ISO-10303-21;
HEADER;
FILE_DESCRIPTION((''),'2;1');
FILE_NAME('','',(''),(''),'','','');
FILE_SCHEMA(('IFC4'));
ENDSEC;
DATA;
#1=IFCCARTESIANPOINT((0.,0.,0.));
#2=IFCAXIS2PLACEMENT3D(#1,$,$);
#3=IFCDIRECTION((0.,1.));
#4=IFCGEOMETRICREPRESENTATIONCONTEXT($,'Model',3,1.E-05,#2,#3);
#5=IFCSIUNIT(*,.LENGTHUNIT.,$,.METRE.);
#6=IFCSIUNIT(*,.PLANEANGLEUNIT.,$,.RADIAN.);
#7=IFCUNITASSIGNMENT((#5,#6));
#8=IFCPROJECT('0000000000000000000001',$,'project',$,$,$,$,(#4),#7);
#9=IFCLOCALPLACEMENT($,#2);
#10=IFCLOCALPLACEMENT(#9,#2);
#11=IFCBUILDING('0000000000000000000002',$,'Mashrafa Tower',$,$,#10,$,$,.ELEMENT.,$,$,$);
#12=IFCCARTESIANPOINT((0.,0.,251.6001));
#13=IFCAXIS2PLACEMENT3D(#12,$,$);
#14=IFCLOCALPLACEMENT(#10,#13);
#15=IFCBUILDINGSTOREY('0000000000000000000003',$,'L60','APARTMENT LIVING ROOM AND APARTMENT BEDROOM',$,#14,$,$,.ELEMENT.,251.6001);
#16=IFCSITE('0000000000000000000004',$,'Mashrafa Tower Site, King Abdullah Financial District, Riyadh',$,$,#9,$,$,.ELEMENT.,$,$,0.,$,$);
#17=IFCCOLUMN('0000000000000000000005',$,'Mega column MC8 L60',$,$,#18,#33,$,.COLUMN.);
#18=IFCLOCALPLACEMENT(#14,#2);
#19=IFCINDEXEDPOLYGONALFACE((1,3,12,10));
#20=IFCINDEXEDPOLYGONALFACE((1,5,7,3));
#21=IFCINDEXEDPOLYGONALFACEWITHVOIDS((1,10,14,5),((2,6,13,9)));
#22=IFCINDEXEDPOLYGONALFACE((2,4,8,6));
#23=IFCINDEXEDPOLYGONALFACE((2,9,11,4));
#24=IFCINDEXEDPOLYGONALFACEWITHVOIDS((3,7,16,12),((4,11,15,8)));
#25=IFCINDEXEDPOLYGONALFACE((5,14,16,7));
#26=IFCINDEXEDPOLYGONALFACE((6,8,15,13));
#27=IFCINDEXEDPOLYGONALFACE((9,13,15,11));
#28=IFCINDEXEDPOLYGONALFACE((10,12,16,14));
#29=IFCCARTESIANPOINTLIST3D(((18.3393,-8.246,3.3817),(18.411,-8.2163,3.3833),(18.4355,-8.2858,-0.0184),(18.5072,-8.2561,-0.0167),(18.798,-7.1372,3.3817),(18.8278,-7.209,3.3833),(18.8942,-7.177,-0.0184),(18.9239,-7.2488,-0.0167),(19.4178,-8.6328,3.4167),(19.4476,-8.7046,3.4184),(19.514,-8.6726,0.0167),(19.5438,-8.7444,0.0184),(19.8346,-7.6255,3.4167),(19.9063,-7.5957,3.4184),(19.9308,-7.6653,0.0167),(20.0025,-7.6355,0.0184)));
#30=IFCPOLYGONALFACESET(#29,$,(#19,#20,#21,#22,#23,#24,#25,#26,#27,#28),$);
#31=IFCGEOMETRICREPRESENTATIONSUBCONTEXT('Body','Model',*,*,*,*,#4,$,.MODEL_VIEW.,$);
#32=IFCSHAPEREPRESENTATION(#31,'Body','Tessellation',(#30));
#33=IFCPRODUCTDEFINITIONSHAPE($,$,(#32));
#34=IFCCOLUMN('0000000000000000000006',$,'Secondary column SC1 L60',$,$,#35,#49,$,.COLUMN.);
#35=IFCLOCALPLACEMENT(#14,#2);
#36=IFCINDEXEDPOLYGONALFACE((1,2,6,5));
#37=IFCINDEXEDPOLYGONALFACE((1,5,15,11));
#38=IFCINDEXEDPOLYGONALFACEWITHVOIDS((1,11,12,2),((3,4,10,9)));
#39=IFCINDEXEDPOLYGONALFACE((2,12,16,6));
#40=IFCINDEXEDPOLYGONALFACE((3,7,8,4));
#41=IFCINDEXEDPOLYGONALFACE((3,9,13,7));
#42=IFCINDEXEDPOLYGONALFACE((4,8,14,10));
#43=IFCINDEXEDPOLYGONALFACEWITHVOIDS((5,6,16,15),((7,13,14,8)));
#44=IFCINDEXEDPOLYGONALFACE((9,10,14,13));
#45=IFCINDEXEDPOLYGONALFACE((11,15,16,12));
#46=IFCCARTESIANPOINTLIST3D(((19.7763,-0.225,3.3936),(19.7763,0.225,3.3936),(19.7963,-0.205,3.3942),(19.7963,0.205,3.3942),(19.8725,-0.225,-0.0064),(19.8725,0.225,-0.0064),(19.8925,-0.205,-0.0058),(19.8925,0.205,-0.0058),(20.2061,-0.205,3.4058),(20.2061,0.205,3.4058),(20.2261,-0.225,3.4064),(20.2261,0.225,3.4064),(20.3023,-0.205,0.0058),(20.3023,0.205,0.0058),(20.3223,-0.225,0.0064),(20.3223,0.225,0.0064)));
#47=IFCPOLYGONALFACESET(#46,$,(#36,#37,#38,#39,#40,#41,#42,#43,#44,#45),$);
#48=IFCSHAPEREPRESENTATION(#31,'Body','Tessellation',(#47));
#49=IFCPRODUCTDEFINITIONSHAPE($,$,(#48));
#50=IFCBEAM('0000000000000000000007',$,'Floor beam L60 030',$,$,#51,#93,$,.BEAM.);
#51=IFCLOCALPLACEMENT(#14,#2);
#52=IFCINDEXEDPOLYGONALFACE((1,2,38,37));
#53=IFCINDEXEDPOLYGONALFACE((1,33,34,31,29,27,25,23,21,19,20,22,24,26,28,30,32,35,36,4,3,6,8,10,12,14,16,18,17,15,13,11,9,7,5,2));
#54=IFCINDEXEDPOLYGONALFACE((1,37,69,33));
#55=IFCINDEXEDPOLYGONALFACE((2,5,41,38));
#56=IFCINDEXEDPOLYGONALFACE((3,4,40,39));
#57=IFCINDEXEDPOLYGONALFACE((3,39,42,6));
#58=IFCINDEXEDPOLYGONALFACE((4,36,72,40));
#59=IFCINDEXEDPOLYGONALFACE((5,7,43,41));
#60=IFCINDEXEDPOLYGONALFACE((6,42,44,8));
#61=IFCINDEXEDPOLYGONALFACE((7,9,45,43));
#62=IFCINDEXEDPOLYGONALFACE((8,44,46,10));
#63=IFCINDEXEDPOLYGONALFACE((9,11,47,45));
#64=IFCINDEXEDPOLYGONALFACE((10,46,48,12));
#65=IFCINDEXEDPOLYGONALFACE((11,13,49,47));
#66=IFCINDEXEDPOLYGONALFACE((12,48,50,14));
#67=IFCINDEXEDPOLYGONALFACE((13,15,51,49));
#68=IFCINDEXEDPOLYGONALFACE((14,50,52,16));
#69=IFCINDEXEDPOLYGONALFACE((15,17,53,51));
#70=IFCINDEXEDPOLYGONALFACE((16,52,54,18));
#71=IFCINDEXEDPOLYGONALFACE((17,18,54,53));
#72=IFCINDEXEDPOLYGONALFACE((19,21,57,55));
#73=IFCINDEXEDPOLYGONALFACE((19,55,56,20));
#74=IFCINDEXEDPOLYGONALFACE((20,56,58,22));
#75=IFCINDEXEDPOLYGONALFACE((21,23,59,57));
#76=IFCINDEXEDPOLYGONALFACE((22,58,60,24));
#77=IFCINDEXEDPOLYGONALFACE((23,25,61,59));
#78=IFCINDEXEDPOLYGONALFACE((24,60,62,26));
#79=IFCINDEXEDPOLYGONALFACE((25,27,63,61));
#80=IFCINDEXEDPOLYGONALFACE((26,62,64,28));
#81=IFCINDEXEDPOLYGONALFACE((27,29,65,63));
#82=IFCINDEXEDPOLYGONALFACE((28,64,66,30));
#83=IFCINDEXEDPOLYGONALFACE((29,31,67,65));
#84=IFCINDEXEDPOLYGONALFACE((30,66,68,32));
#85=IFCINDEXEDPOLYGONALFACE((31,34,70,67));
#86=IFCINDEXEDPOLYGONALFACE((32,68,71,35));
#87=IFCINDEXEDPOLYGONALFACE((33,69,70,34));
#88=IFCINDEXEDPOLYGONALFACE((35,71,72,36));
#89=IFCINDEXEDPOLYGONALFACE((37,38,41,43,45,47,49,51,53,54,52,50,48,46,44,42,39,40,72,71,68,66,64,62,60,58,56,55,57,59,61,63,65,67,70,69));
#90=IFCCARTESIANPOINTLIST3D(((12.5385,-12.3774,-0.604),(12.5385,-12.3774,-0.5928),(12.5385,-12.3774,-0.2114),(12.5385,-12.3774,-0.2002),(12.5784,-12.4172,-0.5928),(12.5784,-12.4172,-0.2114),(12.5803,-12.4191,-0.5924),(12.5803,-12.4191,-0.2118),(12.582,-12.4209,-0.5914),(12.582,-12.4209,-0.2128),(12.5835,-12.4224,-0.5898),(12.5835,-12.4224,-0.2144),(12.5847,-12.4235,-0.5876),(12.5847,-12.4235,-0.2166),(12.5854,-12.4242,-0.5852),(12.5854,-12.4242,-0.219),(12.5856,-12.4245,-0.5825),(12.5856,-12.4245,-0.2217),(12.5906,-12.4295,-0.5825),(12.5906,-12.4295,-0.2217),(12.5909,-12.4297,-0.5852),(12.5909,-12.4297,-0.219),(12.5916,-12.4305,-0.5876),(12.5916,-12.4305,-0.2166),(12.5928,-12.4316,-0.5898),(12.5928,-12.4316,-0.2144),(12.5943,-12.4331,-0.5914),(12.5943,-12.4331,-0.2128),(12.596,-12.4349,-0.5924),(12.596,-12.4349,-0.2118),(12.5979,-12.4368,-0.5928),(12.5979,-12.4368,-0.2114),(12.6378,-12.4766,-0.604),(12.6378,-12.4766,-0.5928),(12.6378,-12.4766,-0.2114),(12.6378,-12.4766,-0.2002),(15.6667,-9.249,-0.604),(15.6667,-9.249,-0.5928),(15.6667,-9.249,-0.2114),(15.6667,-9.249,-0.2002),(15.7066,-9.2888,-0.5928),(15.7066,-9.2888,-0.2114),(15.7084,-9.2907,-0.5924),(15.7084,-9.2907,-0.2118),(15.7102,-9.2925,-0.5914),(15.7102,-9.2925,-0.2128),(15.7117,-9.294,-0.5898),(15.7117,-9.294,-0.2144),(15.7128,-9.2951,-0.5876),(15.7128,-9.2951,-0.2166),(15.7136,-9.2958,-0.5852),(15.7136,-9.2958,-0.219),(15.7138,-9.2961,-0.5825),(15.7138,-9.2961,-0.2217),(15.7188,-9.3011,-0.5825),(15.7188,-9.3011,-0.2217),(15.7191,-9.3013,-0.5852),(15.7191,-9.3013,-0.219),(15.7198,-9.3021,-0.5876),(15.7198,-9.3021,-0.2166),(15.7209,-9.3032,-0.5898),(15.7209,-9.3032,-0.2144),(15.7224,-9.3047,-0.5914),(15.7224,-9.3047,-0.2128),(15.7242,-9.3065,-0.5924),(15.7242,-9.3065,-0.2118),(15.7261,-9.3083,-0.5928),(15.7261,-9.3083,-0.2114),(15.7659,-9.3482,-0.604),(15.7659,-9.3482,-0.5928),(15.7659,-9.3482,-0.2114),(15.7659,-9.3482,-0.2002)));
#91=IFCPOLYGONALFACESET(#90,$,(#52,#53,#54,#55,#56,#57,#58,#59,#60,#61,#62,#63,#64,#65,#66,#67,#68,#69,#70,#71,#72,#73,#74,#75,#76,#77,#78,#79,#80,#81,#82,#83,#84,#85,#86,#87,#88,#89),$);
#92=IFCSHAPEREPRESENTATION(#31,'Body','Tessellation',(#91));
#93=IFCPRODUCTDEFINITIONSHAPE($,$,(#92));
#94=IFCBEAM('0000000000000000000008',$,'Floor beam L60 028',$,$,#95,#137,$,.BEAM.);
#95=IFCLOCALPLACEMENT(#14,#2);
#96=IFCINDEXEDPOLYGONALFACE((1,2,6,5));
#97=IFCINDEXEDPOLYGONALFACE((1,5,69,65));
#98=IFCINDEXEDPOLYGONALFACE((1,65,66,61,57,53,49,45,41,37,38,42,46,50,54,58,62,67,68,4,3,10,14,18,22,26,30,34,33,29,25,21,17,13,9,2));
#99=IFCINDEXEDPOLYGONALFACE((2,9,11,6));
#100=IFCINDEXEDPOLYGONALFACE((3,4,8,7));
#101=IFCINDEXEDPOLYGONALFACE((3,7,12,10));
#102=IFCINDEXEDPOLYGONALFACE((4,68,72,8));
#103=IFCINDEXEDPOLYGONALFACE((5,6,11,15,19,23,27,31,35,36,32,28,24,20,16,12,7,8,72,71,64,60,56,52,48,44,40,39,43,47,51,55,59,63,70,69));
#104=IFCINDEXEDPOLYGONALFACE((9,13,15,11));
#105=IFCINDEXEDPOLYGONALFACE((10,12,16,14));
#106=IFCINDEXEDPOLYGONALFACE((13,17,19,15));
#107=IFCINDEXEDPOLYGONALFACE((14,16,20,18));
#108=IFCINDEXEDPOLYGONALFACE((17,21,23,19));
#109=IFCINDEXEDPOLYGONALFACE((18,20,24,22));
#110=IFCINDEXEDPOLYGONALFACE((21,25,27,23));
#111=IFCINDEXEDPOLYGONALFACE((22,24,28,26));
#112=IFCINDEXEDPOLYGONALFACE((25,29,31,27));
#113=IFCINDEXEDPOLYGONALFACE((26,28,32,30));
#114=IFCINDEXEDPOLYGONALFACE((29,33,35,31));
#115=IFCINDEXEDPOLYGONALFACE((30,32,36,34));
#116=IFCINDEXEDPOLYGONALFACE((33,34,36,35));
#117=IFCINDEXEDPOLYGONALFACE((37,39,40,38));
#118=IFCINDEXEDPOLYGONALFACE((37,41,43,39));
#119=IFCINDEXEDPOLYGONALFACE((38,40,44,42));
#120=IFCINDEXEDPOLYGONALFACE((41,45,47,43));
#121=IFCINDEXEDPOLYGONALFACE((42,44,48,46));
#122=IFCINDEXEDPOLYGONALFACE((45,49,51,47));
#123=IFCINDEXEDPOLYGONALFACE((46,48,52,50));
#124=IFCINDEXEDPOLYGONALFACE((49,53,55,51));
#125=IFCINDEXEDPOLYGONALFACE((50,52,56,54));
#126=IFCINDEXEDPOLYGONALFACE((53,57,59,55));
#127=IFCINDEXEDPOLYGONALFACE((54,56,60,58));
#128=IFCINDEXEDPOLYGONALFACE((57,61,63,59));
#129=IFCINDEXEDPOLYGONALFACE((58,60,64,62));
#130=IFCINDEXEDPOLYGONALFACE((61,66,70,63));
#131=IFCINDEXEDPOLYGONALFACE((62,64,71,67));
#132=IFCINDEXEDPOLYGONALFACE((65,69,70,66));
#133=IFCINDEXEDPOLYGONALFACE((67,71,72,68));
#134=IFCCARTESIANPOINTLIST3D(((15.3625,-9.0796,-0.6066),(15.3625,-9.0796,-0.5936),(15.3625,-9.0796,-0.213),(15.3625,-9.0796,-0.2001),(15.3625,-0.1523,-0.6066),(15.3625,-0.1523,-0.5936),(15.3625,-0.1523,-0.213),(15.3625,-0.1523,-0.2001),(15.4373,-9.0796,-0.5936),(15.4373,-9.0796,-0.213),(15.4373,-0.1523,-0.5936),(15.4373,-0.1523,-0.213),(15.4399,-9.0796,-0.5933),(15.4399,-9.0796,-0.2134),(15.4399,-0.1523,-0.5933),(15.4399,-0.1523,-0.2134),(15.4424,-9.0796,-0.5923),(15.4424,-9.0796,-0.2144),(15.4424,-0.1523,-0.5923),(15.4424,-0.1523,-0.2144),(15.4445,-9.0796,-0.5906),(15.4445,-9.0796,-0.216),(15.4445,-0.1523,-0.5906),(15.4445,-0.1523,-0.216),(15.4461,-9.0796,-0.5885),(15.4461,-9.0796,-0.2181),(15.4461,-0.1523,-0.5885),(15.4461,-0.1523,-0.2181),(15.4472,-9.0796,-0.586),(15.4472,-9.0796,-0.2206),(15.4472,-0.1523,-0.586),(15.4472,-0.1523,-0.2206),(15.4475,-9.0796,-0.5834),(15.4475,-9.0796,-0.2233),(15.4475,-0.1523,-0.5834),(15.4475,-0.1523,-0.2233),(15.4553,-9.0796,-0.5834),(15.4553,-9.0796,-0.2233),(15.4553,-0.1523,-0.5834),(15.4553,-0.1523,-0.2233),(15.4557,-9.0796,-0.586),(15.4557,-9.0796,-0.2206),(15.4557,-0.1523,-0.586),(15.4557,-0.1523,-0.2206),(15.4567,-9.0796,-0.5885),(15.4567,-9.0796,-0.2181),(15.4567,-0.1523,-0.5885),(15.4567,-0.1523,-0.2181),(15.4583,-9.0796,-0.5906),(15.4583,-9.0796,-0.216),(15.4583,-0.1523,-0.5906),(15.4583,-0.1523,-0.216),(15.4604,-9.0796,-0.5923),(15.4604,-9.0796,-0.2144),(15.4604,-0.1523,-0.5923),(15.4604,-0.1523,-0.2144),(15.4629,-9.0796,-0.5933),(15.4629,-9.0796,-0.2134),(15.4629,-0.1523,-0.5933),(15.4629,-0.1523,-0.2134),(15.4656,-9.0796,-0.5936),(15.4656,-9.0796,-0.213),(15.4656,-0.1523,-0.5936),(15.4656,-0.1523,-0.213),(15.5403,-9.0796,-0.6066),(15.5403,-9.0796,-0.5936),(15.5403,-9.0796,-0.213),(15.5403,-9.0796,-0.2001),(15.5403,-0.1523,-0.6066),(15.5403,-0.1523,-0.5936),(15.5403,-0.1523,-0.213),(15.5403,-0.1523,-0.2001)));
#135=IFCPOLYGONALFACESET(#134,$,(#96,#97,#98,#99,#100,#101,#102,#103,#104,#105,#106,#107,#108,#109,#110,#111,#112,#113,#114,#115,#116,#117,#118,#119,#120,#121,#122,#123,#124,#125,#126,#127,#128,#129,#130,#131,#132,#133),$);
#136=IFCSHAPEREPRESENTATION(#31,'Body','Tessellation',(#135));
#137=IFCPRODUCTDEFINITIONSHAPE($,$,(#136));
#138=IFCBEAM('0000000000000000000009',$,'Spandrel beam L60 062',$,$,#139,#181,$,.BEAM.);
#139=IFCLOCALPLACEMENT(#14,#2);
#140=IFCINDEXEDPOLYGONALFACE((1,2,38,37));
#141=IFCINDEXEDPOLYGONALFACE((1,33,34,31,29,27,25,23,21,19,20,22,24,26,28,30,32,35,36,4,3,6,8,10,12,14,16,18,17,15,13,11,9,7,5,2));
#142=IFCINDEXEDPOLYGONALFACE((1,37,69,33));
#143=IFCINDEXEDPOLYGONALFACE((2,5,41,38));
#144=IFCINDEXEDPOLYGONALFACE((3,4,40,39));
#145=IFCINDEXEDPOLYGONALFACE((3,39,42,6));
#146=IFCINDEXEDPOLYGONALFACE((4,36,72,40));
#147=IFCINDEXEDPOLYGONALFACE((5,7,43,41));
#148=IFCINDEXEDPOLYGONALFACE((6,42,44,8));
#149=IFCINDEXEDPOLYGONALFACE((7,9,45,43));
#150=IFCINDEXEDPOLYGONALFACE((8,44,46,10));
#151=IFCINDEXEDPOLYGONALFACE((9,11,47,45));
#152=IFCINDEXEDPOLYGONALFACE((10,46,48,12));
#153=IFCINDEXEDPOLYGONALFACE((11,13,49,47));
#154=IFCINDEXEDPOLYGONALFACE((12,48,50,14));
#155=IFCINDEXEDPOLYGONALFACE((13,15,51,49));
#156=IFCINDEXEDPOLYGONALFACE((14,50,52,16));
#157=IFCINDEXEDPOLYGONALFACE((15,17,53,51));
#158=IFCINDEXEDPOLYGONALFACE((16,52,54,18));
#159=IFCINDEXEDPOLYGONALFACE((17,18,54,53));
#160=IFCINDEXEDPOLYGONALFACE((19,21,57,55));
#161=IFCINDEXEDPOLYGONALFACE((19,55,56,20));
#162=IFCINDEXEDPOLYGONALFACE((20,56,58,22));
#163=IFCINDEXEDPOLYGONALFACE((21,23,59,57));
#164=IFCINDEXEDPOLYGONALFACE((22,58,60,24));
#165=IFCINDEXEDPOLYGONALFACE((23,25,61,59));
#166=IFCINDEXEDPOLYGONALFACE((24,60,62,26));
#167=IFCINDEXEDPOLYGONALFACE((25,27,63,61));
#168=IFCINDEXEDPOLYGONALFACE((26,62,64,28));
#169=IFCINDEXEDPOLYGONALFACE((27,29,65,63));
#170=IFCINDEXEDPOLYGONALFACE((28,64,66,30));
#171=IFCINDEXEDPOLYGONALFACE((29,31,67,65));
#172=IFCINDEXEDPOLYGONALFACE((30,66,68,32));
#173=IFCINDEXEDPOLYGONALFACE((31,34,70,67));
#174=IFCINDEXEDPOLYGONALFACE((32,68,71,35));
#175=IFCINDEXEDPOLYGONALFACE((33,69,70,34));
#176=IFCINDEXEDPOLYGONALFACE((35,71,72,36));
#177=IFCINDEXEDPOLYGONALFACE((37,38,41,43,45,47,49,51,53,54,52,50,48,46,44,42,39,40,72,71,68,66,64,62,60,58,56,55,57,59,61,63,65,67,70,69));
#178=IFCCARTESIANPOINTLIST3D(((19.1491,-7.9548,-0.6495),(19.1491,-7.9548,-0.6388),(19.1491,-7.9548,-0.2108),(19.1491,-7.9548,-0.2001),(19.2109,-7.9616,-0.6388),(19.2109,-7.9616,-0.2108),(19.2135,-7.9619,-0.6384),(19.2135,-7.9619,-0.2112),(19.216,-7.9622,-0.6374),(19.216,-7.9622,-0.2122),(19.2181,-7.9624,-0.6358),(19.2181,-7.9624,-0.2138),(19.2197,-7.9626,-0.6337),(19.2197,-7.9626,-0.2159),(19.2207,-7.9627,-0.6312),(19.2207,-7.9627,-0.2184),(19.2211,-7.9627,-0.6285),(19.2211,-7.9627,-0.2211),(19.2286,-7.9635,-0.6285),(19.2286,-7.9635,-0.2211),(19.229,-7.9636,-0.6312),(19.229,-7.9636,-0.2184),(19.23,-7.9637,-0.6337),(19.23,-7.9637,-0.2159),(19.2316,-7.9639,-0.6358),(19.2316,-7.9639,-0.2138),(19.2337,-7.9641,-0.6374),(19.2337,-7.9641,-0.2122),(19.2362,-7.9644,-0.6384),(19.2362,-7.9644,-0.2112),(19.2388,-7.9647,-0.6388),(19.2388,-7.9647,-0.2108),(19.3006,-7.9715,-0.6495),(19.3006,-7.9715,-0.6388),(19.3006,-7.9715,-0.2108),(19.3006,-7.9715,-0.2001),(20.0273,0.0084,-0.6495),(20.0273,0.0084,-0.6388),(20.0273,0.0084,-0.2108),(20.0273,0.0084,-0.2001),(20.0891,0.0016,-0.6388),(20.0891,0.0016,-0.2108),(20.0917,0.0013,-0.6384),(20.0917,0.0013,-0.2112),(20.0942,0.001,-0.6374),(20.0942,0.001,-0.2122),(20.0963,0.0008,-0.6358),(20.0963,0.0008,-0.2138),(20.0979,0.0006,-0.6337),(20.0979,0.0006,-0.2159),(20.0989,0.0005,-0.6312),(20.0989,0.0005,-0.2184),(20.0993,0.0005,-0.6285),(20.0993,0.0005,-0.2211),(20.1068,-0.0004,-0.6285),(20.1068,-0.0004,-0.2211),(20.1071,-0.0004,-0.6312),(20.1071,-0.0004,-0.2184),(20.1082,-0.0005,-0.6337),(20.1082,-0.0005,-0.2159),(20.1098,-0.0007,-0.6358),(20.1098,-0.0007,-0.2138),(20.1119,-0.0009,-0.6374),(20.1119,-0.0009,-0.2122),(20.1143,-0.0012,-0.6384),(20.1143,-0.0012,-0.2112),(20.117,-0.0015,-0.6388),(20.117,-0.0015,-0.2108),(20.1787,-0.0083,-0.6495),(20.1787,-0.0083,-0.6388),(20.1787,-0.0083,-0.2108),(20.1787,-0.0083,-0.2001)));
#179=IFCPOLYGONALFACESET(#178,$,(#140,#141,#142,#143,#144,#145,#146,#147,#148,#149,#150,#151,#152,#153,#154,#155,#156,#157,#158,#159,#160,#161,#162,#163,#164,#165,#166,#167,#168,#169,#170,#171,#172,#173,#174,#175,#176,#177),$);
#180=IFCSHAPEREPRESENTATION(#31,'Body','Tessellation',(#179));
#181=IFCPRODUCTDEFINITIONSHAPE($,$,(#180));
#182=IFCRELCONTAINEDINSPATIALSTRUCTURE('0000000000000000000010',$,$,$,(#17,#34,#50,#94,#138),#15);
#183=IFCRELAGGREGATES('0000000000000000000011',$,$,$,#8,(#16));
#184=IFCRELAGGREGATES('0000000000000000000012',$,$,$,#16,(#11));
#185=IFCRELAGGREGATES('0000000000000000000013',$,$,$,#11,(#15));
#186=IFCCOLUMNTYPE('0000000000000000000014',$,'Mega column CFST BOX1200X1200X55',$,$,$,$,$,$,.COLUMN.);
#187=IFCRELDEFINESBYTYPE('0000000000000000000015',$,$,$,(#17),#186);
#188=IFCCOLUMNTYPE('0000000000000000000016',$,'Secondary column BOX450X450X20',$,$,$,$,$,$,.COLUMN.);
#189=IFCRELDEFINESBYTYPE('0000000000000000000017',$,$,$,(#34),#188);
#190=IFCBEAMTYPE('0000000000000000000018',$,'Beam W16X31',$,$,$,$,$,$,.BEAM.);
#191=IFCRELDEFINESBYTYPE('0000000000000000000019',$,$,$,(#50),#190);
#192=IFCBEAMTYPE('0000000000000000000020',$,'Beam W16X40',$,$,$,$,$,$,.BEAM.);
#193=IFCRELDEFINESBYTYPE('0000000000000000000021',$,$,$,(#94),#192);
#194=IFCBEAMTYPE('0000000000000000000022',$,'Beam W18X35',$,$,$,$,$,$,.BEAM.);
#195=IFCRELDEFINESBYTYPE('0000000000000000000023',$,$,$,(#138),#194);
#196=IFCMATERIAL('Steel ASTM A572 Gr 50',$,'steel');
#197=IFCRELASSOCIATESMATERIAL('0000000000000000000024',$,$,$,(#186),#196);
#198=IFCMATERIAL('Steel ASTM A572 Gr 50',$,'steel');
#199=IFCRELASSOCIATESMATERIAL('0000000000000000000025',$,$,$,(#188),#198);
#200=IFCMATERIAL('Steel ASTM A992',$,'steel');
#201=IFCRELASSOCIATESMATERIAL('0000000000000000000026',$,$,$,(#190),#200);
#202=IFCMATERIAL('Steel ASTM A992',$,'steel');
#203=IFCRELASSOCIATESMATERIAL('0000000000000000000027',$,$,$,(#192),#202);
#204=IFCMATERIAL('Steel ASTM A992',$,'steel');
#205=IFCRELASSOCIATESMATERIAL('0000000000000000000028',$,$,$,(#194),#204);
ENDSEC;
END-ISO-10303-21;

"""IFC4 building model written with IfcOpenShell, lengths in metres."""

from ifc_helpers import new_model, si_unit, direction, frame, origin, origin_2d, place, context, subcontext, project, spatial, hollow_rectangle, i_section, extrude, material, material_profile, profile_set, type_object, element, save


model = new_model("IFC4")

# Units and contexts
model_context = context("Model", 3, precision=1e-05, world=origin(), true_north=direction((0.0, 1.0)))
body_context = subcontext(model_context, "Body", "Model", "MODEL_VIEW")
ifc_project = project(units=[si_unit("LENGTHUNIT", "METRE"), si_unit("PLANEANGLEUNIT", "RADIAN")], contexts=[model_context])

# Site, building, storey
site_placement = place(None, origin())
site = spatial("IfcSite", under=ifc_project, at=site_placement, Name="Mashrafa Tower Site, King Abdullah Financial District, Riyadh", CompositionType="ELEMENT", RefElevation=0.0)
building_placement = place(site_placement, origin())
building = spatial("IfcBuilding", under=site, at=building_placement, Name="Mashrafa Tower", CompositionType="ELEMENT")
storey_placement = place(building_placement, frame((0.0, 0.0, 251.6001)))
storey = spatial("IfcBuildingStorey", under=building, at=storey_placement, Name="L60", Description="APARTMENT LIVING ROOM AND APARTMENT BEDROOM", CompositionType="ELEMENT", Elevation=251.6001)

# Columns
ifc_material_1 = material(Name="Steel ASTM A572 Gr 50", Category="steel")
ifc_material_profile_1 = material_profile(ifc_material_1, hollow_rectangle(XDim=1.2, YDim=1.2, WallThickness=0.0549, at=origin_2d()), Name="BOX1200X1200X55")
ifc_profile_set_1 = profile_set([ifc_material_profile_1], Name="Steel ASTM A572 Gr 50")
column_type_1 = type_object("IfcColumnType", Name="Mega column CFST BOX1200X1200X55", PredefinedType="COLUMN", material=ifc_profile_set_1)
column_1_placement = place(storey_placement, frame((19.219, -7.9607, 0.0), z_axis=(-0.028279, 0.011699, 0.999532), x_axis=(-0.382283, -0.924045, 0.0)))
element("IfcColumn", 1, at=column_1_placement, inside=storey, type_object=column_type_1, Name="Mega column MC8 L60", PredefinedType="COLUMN", context=body_context, shape_type="SweptSolid", body=[
    extrude(hollow_rectangle(XDim=1.2, YDim=1.2, WallThickness=0.0549, at=origin_2d()), origin(), (0.0, 0.0, 1.0), 3.4016),
])
ifc_material_2 = material(Name="Steel ASTM A572 Gr 50", Category="steel")
ifc_material_profile_2 = material_profile(ifc_material_2, hollow_rectangle(XDim=0.45, YDim=0.45, WallThickness=0.02, at=origin_2d()), Name="BOX450X450X20")
ifc_profile_set_2 = profile_set([ifc_material_profile_2], Name="Steel ASTM A572 Gr 50")
column_type_2 = type_object("IfcColumnType", Name="Secondary column BOX450X450X20", PredefinedType="COLUMN", material=ifc_profile_set_2)
column_2_placement = place(storey_placement, frame((20.0974, 0.0, 0.0), z_axis=(-0.028281, 0.0, 0.9996), x_axis=(0.0, -1.0, 0.0)))
element("IfcColumn", 2, at=column_2_placement, inside=storey, type_object=column_type_2, Name="Secondary column SC1 L60", PredefinedType="COLUMN", context=body_context, shape_type="SweptSolid", body=[
    extrude(hollow_rectangle(XDim=0.45, YDim=0.45, WallThickness=0.02, at=origin_2d()), origin(), (0.0, 0.0, 1.0), 3.4014),
])

# Beams
ifc_material_3 = material(Name="Steel ASTM A992", Category="steel")
ifc_material_profile_3 = material_profile(ifc_material_3, i_section(OverallWidth=0.1404, OverallDepth=0.4038, WebThickness=0.0071, FlangeThickness=0.0112, FilletRadius=0.0103, at=origin_2d()), Name="W16X31")
ifc_profile_set_3 = profile_set([ifc_material_profile_3], Name="Steel ASTM A992")
beam_type_1 = type_object("IfcBeamType", Name="Beam W16X31", PredefinedType="BEAM", material=ifc_profile_set_3)
beam_1_placement = place(storey_placement, frame((15.7163, -9.2986, -0.4021), z_axis=(-0.707079, -0.707134, 0.0), x_axis=(0.707134, -0.707079, 0.0)))
element("IfcBeam", 3, at=beam_1_placement, inside=storey, type_object=beam_type_1, Name="Floor beam L60 030", PredefinedType="BEAM", context=body_context, shape_type="SweptSolid", body=[
    extrude(i_section(OverallWidth=0.1404, OverallDepth=0.4038, WebThickness=0.0071, FlangeThickness=0.0112, FilletRadius=0.0103, at=origin_2d()), origin(), (0.0, 0.0, 1.0), 4.4241),
])
ifc_material_4 = material(Name="Steel ASTM A992", Category="steel")
ifc_material_profile_4 = material_profile(ifc_material_4, i_section(OverallWidth=0.1777, OverallDepth=0.4065, WebThickness=0.0078, FlangeThickness=0.0129, FilletRadius=0.0103, at=origin_2d()), Name="W16X40")
ifc_profile_set_4 = profile_set([ifc_material_profile_4], Name="Steel ASTM A992")
beam_type_2 = type_object("IfcBeamType", Name="Beam W16X40", PredefinedType="BEAM", material=ifc_profile_set_4)
beam_2_placement = place(storey_placement, frame((15.4514, -0.1523, -0.4033), z_axis=(0.0, -1.0, 0.0), x_axis=(1.0, 0.0, 0.0)))
element("IfcBeam", 4, at=beam_2_placement, inside=storey, type_object=beam_type_2, Name="Floor beam L60 028", PredefinedType="BEAM", context=body_context, shape_type="SweptSolid", body=[
    extrude(i_section(OverallWidth=0.1777, OverallDepth=0.4065, WebThickness=0.0078, FlangeThickness=0.0129, FilletRadius=0.0103, at=origin_2d()), origin(), (0.0, 0.0, 1.0), 8.9272),
])
ifc_material_5 = material(Name="Steel ASTM A992", Category="steel")
ifc_material_profile_5 = material_profile(ifc_material_5, i_section(OverallWidth=0.1523, OverallDepth=0.4495, WebThickness=0.0076, FlangeThickness=0.0107, FilletRadius=0.0103, at=origin_2d()), Name="W18X35")
ifc_profile_set_5 = profile_set([ifc_material_profile_5], Name="Steel ASTM A992")
beam_type_3 = type_object("IfcBeamType", Name="Beam W18X35", PredefinedType="BEAM", material=ifc_profile_set_5)
beam_3_placement = place(storey_placement, frame((19.2249, -7.9631, -0.4248), z_axis=(0.109615, 0.993974, 0.0), x_axis=(-0.993974, 0.109615, 0.0)))
element("IfcBeam", 5, at=beam_3_placement, inside=storey, type_object=beam_type_3, Name="Spandrel beam L60 062", PredefinedType="BEAM", context=body_context, shape_type="SweptSolid", body=[
    extrude(i_section(OverallWidth=0.1523, OverallDepth=0.4495, WebThickness=0.0076, FlangeThickness=0.0107, FilletRadius=0.0103, at=origin_2d()), origin(), (0.0, 0.0, 1.0), 8.0115),
])

save(model, "model.ifc")
